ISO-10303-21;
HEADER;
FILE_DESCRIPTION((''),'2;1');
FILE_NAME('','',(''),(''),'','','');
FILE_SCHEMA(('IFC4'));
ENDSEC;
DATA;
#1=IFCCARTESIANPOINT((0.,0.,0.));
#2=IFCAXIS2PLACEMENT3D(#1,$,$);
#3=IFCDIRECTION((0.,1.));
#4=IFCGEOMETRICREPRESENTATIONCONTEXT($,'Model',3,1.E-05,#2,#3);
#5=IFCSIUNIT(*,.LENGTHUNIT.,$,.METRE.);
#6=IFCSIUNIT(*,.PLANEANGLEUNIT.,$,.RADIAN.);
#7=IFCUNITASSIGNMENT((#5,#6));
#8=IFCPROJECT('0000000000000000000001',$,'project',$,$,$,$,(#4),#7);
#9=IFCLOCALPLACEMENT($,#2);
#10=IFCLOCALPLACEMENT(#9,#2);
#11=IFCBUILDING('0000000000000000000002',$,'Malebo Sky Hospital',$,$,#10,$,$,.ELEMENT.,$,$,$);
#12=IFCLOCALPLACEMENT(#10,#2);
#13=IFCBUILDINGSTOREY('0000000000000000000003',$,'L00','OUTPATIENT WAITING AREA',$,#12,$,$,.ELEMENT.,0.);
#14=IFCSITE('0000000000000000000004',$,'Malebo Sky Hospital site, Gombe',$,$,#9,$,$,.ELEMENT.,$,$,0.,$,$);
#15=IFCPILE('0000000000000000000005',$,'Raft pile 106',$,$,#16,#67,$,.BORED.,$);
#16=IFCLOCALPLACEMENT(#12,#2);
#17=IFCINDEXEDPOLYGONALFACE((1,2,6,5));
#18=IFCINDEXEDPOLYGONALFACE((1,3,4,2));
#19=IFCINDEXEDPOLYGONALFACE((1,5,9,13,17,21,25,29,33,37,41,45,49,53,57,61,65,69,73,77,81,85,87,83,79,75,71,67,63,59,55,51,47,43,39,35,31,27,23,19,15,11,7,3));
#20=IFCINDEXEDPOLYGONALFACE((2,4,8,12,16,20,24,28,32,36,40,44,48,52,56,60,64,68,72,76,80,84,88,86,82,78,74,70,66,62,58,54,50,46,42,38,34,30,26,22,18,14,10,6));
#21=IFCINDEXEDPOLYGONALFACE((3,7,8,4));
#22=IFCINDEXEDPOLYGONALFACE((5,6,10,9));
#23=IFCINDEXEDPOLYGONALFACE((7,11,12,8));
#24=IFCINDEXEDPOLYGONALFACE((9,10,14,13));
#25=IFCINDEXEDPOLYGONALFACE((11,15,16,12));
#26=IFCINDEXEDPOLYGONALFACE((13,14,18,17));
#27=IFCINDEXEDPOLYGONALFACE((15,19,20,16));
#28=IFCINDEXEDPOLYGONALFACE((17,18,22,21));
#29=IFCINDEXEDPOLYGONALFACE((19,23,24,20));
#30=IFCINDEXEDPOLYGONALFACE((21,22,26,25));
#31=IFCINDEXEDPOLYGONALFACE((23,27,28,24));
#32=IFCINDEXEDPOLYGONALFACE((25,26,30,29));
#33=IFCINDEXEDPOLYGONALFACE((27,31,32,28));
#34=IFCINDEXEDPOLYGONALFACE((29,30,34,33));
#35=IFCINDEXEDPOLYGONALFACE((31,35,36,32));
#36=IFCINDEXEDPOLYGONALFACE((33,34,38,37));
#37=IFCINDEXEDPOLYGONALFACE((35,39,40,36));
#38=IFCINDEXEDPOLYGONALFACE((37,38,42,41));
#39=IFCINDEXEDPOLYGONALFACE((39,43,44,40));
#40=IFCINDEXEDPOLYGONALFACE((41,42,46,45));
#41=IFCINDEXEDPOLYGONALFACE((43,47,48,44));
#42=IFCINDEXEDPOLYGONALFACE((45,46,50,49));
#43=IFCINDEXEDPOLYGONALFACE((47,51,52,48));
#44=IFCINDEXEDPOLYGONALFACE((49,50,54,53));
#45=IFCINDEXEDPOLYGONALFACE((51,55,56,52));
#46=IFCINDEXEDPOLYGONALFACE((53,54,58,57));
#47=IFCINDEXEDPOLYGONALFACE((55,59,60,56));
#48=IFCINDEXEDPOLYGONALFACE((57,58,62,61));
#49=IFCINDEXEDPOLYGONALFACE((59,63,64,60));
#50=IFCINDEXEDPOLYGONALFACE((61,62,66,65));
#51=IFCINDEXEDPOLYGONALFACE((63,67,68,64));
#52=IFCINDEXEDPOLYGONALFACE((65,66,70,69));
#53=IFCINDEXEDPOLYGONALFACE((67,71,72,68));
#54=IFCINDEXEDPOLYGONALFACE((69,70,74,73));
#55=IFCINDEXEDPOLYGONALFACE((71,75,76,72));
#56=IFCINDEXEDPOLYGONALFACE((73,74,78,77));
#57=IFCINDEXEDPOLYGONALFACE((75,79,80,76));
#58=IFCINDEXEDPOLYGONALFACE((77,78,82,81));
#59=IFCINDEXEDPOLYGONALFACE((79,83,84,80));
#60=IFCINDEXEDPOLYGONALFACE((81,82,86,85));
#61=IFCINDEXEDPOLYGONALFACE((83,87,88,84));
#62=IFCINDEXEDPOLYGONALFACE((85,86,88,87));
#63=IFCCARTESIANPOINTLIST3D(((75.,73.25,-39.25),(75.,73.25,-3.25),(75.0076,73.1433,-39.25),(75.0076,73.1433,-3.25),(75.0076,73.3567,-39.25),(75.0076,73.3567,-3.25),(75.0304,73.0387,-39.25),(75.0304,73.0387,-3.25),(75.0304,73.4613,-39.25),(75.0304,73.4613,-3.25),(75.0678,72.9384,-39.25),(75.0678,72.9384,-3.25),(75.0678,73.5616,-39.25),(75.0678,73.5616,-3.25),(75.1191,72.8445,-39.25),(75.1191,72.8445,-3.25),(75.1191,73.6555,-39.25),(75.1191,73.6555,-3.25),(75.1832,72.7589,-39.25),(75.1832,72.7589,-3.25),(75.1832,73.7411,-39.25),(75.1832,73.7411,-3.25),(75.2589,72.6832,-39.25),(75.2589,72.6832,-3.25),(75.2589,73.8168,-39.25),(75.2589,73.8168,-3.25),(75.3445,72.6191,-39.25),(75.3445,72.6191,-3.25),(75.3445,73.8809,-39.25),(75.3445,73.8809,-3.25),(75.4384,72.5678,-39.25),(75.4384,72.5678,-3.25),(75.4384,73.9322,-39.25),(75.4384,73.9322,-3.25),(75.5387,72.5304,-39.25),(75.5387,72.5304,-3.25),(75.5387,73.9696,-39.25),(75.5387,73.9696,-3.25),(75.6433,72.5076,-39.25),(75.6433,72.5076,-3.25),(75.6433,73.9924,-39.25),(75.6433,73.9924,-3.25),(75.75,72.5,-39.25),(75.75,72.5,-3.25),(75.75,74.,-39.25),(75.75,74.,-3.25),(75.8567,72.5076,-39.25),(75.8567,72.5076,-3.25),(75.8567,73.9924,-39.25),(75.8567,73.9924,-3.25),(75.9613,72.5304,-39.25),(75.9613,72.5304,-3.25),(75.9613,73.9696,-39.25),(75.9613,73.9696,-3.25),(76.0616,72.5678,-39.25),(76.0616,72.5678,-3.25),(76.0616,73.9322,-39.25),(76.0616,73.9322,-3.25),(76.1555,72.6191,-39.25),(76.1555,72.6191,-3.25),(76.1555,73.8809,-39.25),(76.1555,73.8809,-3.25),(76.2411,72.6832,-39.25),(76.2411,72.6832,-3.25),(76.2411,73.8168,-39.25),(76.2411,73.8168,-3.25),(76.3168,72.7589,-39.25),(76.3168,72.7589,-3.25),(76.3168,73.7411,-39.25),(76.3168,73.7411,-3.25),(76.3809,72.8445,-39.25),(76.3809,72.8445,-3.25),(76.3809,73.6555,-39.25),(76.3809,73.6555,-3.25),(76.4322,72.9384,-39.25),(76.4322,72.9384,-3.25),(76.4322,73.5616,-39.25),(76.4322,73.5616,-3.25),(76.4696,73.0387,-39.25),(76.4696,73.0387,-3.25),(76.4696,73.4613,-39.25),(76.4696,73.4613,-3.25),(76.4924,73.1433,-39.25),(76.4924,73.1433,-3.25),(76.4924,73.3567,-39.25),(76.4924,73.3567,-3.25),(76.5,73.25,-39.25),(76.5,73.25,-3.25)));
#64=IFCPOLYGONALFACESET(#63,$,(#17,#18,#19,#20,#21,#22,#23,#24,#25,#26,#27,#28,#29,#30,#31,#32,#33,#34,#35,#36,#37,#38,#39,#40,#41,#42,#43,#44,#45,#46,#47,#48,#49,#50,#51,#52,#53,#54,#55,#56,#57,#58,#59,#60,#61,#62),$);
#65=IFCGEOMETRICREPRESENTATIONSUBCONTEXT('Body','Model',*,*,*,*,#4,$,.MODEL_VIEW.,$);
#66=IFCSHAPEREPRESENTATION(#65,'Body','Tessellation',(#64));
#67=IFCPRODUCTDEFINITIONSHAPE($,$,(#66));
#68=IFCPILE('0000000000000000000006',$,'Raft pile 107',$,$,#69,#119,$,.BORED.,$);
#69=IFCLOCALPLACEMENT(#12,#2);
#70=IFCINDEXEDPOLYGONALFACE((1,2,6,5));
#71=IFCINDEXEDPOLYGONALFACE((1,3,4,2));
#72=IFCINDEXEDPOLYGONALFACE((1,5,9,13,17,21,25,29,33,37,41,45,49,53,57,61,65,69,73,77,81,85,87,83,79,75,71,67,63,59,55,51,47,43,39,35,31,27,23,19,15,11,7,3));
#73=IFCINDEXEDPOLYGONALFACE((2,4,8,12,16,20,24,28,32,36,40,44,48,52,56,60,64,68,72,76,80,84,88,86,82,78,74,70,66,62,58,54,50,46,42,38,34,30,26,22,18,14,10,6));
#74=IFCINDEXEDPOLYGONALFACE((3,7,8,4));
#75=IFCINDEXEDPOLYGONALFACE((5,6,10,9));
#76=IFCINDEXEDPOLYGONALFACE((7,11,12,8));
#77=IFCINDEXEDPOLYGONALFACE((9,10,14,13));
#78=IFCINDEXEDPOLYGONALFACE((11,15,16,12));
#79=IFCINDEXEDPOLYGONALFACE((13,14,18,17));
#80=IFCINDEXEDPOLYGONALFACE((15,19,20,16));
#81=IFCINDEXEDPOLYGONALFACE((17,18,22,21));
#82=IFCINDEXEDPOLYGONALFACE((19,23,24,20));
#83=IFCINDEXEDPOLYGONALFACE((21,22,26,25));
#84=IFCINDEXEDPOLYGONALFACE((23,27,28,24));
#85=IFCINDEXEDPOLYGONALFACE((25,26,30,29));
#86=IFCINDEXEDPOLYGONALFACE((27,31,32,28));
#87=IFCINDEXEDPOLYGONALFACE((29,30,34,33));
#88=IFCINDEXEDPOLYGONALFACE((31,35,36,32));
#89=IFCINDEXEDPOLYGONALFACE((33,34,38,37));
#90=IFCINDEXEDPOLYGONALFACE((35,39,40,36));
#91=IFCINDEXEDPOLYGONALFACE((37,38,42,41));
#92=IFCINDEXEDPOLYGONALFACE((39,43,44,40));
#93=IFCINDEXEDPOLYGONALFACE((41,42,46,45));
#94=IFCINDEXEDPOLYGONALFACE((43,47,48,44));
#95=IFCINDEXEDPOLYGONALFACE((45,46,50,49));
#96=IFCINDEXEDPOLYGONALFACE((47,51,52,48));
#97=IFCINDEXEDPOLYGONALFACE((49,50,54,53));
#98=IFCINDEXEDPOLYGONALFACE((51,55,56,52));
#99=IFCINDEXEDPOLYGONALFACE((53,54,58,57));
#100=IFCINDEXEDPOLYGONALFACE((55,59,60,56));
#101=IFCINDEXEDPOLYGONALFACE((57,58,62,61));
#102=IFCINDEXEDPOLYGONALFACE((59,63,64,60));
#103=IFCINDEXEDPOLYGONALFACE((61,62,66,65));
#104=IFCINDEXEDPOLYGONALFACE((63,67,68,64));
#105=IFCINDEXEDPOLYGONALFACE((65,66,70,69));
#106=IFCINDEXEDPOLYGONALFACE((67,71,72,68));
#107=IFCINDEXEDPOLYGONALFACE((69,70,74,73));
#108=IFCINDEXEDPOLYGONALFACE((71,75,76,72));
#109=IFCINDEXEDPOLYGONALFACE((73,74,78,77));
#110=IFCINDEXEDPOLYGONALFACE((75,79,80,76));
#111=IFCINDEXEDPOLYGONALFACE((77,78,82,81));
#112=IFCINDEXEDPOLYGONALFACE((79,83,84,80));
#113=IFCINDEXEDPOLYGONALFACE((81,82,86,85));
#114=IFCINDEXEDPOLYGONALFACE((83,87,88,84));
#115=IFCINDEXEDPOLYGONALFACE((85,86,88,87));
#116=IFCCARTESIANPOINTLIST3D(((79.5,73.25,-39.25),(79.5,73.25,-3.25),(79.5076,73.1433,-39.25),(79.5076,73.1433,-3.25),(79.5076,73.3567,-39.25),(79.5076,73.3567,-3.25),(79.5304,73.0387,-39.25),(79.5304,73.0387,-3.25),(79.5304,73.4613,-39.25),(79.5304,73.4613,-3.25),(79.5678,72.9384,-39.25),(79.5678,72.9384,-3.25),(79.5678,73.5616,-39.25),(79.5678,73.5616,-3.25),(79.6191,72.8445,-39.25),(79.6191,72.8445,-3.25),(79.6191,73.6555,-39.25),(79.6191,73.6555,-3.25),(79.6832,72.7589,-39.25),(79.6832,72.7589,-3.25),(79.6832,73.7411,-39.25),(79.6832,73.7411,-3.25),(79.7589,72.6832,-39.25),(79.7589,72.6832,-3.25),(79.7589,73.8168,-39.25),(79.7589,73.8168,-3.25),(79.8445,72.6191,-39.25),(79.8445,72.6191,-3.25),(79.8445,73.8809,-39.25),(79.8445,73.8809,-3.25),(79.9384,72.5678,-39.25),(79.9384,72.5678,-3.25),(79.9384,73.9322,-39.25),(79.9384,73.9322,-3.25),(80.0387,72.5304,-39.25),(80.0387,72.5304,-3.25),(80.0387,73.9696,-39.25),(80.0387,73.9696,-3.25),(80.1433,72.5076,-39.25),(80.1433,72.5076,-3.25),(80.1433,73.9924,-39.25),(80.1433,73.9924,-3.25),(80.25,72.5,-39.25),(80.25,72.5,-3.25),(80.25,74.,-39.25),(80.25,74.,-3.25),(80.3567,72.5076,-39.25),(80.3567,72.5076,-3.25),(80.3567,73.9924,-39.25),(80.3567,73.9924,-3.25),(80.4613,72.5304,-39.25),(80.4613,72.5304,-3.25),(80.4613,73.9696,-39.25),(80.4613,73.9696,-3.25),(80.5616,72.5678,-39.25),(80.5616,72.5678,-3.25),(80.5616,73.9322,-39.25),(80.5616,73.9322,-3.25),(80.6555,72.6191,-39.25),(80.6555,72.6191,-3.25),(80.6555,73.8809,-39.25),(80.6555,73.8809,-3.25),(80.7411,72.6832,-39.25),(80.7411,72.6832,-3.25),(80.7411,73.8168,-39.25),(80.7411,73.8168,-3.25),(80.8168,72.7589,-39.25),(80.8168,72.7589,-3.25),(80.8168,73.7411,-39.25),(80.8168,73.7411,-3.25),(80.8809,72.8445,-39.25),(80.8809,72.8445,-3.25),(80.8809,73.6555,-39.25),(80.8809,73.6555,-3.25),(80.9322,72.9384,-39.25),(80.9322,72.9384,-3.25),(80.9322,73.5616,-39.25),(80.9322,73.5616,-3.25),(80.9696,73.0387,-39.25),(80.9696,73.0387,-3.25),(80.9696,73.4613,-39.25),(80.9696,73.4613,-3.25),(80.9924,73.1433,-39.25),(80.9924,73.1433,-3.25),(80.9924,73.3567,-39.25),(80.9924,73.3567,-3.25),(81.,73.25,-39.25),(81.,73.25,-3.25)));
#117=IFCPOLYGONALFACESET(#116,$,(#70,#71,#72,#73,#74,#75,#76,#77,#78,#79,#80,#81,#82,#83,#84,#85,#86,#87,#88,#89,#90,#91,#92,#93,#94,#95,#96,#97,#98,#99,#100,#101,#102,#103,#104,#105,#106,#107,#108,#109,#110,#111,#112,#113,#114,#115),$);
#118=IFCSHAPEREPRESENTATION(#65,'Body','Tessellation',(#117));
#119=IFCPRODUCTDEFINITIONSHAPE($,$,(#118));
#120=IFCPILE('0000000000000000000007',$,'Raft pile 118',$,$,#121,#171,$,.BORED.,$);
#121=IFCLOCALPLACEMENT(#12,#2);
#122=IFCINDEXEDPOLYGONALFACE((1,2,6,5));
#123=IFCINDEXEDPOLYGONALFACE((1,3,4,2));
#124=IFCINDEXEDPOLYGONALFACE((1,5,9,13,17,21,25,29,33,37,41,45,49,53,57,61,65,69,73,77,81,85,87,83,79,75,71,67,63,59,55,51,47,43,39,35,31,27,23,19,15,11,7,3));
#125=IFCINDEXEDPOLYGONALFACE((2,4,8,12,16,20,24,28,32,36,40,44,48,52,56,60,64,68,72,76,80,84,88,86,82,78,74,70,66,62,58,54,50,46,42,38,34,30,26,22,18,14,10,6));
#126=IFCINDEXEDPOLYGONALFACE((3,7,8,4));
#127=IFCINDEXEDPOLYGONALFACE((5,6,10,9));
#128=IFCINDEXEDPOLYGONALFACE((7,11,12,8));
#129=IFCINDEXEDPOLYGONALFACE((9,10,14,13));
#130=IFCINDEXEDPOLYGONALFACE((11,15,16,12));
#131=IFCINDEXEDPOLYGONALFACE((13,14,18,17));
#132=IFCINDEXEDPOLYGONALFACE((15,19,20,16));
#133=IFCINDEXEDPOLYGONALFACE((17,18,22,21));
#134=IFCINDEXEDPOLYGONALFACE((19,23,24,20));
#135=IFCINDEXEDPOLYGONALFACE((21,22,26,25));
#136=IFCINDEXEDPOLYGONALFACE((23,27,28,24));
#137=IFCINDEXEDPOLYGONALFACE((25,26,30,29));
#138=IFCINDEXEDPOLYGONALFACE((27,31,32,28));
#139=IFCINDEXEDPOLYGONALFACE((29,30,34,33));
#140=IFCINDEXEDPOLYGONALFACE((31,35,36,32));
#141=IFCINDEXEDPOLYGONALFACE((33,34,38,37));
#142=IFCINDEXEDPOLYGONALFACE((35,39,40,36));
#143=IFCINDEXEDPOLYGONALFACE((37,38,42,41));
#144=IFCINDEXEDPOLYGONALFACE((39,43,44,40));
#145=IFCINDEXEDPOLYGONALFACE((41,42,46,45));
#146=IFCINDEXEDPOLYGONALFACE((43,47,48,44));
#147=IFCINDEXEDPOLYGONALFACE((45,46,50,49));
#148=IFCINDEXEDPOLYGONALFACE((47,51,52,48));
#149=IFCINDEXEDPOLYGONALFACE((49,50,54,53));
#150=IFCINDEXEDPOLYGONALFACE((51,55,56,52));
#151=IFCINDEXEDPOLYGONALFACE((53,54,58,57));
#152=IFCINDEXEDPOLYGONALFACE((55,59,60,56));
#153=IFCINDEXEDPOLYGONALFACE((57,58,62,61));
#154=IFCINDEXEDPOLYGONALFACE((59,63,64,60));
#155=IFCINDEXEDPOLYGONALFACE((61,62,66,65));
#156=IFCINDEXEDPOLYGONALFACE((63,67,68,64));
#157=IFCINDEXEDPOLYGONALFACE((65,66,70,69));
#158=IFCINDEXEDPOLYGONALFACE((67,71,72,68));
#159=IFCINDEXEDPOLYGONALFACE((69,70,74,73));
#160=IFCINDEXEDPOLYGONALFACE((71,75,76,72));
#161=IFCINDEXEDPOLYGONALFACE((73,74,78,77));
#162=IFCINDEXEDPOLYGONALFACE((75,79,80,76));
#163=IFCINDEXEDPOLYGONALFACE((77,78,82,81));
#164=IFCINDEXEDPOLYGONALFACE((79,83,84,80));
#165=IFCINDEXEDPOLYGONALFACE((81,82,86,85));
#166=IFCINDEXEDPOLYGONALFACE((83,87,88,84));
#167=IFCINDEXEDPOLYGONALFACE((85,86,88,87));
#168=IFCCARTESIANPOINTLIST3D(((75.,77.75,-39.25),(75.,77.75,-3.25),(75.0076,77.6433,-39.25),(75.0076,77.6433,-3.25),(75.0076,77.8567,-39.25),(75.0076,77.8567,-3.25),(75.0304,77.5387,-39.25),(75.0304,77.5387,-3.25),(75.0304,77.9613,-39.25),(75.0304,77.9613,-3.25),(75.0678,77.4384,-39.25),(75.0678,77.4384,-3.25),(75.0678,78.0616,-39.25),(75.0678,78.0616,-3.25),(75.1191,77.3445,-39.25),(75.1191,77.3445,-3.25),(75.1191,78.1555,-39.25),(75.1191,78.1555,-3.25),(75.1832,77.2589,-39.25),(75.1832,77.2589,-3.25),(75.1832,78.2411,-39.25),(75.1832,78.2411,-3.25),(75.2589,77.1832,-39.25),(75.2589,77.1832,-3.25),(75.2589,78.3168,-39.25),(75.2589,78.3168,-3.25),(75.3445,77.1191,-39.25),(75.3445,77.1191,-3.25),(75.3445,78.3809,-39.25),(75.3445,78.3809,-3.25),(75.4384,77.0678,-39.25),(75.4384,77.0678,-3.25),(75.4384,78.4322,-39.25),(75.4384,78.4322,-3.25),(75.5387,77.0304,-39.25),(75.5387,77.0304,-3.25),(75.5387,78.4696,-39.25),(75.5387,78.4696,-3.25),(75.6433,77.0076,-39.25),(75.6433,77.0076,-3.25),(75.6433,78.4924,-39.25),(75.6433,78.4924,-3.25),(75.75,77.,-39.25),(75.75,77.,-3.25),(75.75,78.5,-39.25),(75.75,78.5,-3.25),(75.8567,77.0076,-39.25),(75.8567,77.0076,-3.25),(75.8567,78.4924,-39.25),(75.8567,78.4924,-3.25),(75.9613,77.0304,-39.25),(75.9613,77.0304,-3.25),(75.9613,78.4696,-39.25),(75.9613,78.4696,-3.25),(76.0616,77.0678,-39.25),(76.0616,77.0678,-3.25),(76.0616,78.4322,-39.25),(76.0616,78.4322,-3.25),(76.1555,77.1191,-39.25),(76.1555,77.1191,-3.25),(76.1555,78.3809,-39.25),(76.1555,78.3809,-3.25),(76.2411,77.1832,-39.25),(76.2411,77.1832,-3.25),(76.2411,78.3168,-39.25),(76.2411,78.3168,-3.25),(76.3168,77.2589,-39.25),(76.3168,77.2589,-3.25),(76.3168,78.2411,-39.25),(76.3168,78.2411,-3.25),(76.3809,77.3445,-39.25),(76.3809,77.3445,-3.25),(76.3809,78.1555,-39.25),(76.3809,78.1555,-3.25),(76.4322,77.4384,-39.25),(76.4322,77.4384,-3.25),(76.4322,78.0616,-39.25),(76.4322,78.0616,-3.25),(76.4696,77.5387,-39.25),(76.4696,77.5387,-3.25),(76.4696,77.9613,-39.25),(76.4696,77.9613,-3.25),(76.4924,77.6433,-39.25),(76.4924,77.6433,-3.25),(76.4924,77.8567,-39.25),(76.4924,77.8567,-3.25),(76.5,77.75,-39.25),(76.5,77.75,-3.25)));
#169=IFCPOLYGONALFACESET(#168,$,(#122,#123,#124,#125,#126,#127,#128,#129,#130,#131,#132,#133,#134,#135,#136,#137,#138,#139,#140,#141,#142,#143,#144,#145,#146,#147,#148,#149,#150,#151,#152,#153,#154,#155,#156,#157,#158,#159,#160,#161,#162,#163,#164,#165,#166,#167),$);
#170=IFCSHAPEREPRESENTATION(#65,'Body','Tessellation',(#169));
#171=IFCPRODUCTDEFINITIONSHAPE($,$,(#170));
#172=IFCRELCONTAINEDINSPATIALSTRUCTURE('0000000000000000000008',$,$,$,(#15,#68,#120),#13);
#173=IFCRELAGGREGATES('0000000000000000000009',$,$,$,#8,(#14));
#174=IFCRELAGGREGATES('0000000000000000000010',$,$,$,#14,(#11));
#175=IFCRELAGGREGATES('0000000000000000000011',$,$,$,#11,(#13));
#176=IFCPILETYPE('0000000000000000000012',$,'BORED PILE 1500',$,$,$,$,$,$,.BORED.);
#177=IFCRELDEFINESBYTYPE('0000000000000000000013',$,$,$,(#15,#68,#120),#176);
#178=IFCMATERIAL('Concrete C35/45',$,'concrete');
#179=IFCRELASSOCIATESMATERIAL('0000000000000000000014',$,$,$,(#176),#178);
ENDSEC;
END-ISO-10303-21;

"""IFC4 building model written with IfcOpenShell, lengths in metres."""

from ifc_helpers import new_model, si_unit, direction, frame, origin, origin_2d, place, context, subcontext, project, spatial, circle, extrude, material, material_profile, profile_set, type_object, element, save


model = new_model("IFC4")

# Units and contexts
model_context = context("Model", 3, precision=1e-05, world=origin(), true_north=direction((0.0, 1.0)))
body_context = subcontext(model_context, "Body", "Model", "MODEL_VIEW")
ifc_project = project(units=[si_unit("LENGTHUNIT", "METRE"), si_unit("PLANEANGLEUNIT", "RADIAN")], contexts=[model_context])

# Site, building, storey
site_placement = place(None, origin())
site = spatial("IfcSite", under=ifc_project, at=site_placement, Name="Malebo Sky Hospital site, Gombe", CompositionType="ELEMENT", RefElevation=0.0)
building_placement = place(site_placement, origin())
building = spatial("IfcBuilding", under=site, at=building_placement, Name="Malebo Sky Hospital", CompositionType="ELEMENT")
storey_placement = place(building_placement, origin())
storey = spatial("IfcBuildingStorey", under=building, at=storey_placement, Name="L00", Description="OUTPATIENT WAITING AREA", CompositionType="ELEMENT", Elevation=0.0)

# Piles
ifc_material_1 = material(Name="Concrete C35/45", Category="concrete")
ifc_material_profile_1 = material_profile(ifc_material_1, circle(Radius=0.75, at=origin_2d()), Name="BP 1500")
ifc_profile_set_1 = profile_set([ifc_material_profile_1], Name="Concrete C35/45")
pile_type = type_object("IfcPileType", Name="BORED PILE 1500", PredefinedType="BORED", material=ifc_profile_set_1)
for number, where, z_axis, x_axis, name in (
    (1, (75.75, 73.25, -3.25), (0.0, 0.0, -1.0), (1.0, 0.0, 0.0), "Raft pile 106"),
    (2, (80.25, 73.25, -3.25), (0.0, 0.0, -1.0), (1.0, 0.0, 0.0), "Raft pile 107"),
    (3, (75.75, 77.75, -3.25), (0.0, 0.0, -1.0), (1.0, 0.0, 0.0), "Raft pile 118"),
):
    element("IfcPile", number, at=place(storey_placement, frame(where, z_axis=z_axis, x_axis=x_axis)), inside=storey, type_object=pile_type, Name=name, PredefinedType="BORED", context=body_context, shape_type="SweptSolid", body=[
        extrude(circle(Radius=0.75, at=origin_2d()), origin(), (0.0, 0.0, 1.0), 36.0),
    ])

save(model, "model.ifc")
